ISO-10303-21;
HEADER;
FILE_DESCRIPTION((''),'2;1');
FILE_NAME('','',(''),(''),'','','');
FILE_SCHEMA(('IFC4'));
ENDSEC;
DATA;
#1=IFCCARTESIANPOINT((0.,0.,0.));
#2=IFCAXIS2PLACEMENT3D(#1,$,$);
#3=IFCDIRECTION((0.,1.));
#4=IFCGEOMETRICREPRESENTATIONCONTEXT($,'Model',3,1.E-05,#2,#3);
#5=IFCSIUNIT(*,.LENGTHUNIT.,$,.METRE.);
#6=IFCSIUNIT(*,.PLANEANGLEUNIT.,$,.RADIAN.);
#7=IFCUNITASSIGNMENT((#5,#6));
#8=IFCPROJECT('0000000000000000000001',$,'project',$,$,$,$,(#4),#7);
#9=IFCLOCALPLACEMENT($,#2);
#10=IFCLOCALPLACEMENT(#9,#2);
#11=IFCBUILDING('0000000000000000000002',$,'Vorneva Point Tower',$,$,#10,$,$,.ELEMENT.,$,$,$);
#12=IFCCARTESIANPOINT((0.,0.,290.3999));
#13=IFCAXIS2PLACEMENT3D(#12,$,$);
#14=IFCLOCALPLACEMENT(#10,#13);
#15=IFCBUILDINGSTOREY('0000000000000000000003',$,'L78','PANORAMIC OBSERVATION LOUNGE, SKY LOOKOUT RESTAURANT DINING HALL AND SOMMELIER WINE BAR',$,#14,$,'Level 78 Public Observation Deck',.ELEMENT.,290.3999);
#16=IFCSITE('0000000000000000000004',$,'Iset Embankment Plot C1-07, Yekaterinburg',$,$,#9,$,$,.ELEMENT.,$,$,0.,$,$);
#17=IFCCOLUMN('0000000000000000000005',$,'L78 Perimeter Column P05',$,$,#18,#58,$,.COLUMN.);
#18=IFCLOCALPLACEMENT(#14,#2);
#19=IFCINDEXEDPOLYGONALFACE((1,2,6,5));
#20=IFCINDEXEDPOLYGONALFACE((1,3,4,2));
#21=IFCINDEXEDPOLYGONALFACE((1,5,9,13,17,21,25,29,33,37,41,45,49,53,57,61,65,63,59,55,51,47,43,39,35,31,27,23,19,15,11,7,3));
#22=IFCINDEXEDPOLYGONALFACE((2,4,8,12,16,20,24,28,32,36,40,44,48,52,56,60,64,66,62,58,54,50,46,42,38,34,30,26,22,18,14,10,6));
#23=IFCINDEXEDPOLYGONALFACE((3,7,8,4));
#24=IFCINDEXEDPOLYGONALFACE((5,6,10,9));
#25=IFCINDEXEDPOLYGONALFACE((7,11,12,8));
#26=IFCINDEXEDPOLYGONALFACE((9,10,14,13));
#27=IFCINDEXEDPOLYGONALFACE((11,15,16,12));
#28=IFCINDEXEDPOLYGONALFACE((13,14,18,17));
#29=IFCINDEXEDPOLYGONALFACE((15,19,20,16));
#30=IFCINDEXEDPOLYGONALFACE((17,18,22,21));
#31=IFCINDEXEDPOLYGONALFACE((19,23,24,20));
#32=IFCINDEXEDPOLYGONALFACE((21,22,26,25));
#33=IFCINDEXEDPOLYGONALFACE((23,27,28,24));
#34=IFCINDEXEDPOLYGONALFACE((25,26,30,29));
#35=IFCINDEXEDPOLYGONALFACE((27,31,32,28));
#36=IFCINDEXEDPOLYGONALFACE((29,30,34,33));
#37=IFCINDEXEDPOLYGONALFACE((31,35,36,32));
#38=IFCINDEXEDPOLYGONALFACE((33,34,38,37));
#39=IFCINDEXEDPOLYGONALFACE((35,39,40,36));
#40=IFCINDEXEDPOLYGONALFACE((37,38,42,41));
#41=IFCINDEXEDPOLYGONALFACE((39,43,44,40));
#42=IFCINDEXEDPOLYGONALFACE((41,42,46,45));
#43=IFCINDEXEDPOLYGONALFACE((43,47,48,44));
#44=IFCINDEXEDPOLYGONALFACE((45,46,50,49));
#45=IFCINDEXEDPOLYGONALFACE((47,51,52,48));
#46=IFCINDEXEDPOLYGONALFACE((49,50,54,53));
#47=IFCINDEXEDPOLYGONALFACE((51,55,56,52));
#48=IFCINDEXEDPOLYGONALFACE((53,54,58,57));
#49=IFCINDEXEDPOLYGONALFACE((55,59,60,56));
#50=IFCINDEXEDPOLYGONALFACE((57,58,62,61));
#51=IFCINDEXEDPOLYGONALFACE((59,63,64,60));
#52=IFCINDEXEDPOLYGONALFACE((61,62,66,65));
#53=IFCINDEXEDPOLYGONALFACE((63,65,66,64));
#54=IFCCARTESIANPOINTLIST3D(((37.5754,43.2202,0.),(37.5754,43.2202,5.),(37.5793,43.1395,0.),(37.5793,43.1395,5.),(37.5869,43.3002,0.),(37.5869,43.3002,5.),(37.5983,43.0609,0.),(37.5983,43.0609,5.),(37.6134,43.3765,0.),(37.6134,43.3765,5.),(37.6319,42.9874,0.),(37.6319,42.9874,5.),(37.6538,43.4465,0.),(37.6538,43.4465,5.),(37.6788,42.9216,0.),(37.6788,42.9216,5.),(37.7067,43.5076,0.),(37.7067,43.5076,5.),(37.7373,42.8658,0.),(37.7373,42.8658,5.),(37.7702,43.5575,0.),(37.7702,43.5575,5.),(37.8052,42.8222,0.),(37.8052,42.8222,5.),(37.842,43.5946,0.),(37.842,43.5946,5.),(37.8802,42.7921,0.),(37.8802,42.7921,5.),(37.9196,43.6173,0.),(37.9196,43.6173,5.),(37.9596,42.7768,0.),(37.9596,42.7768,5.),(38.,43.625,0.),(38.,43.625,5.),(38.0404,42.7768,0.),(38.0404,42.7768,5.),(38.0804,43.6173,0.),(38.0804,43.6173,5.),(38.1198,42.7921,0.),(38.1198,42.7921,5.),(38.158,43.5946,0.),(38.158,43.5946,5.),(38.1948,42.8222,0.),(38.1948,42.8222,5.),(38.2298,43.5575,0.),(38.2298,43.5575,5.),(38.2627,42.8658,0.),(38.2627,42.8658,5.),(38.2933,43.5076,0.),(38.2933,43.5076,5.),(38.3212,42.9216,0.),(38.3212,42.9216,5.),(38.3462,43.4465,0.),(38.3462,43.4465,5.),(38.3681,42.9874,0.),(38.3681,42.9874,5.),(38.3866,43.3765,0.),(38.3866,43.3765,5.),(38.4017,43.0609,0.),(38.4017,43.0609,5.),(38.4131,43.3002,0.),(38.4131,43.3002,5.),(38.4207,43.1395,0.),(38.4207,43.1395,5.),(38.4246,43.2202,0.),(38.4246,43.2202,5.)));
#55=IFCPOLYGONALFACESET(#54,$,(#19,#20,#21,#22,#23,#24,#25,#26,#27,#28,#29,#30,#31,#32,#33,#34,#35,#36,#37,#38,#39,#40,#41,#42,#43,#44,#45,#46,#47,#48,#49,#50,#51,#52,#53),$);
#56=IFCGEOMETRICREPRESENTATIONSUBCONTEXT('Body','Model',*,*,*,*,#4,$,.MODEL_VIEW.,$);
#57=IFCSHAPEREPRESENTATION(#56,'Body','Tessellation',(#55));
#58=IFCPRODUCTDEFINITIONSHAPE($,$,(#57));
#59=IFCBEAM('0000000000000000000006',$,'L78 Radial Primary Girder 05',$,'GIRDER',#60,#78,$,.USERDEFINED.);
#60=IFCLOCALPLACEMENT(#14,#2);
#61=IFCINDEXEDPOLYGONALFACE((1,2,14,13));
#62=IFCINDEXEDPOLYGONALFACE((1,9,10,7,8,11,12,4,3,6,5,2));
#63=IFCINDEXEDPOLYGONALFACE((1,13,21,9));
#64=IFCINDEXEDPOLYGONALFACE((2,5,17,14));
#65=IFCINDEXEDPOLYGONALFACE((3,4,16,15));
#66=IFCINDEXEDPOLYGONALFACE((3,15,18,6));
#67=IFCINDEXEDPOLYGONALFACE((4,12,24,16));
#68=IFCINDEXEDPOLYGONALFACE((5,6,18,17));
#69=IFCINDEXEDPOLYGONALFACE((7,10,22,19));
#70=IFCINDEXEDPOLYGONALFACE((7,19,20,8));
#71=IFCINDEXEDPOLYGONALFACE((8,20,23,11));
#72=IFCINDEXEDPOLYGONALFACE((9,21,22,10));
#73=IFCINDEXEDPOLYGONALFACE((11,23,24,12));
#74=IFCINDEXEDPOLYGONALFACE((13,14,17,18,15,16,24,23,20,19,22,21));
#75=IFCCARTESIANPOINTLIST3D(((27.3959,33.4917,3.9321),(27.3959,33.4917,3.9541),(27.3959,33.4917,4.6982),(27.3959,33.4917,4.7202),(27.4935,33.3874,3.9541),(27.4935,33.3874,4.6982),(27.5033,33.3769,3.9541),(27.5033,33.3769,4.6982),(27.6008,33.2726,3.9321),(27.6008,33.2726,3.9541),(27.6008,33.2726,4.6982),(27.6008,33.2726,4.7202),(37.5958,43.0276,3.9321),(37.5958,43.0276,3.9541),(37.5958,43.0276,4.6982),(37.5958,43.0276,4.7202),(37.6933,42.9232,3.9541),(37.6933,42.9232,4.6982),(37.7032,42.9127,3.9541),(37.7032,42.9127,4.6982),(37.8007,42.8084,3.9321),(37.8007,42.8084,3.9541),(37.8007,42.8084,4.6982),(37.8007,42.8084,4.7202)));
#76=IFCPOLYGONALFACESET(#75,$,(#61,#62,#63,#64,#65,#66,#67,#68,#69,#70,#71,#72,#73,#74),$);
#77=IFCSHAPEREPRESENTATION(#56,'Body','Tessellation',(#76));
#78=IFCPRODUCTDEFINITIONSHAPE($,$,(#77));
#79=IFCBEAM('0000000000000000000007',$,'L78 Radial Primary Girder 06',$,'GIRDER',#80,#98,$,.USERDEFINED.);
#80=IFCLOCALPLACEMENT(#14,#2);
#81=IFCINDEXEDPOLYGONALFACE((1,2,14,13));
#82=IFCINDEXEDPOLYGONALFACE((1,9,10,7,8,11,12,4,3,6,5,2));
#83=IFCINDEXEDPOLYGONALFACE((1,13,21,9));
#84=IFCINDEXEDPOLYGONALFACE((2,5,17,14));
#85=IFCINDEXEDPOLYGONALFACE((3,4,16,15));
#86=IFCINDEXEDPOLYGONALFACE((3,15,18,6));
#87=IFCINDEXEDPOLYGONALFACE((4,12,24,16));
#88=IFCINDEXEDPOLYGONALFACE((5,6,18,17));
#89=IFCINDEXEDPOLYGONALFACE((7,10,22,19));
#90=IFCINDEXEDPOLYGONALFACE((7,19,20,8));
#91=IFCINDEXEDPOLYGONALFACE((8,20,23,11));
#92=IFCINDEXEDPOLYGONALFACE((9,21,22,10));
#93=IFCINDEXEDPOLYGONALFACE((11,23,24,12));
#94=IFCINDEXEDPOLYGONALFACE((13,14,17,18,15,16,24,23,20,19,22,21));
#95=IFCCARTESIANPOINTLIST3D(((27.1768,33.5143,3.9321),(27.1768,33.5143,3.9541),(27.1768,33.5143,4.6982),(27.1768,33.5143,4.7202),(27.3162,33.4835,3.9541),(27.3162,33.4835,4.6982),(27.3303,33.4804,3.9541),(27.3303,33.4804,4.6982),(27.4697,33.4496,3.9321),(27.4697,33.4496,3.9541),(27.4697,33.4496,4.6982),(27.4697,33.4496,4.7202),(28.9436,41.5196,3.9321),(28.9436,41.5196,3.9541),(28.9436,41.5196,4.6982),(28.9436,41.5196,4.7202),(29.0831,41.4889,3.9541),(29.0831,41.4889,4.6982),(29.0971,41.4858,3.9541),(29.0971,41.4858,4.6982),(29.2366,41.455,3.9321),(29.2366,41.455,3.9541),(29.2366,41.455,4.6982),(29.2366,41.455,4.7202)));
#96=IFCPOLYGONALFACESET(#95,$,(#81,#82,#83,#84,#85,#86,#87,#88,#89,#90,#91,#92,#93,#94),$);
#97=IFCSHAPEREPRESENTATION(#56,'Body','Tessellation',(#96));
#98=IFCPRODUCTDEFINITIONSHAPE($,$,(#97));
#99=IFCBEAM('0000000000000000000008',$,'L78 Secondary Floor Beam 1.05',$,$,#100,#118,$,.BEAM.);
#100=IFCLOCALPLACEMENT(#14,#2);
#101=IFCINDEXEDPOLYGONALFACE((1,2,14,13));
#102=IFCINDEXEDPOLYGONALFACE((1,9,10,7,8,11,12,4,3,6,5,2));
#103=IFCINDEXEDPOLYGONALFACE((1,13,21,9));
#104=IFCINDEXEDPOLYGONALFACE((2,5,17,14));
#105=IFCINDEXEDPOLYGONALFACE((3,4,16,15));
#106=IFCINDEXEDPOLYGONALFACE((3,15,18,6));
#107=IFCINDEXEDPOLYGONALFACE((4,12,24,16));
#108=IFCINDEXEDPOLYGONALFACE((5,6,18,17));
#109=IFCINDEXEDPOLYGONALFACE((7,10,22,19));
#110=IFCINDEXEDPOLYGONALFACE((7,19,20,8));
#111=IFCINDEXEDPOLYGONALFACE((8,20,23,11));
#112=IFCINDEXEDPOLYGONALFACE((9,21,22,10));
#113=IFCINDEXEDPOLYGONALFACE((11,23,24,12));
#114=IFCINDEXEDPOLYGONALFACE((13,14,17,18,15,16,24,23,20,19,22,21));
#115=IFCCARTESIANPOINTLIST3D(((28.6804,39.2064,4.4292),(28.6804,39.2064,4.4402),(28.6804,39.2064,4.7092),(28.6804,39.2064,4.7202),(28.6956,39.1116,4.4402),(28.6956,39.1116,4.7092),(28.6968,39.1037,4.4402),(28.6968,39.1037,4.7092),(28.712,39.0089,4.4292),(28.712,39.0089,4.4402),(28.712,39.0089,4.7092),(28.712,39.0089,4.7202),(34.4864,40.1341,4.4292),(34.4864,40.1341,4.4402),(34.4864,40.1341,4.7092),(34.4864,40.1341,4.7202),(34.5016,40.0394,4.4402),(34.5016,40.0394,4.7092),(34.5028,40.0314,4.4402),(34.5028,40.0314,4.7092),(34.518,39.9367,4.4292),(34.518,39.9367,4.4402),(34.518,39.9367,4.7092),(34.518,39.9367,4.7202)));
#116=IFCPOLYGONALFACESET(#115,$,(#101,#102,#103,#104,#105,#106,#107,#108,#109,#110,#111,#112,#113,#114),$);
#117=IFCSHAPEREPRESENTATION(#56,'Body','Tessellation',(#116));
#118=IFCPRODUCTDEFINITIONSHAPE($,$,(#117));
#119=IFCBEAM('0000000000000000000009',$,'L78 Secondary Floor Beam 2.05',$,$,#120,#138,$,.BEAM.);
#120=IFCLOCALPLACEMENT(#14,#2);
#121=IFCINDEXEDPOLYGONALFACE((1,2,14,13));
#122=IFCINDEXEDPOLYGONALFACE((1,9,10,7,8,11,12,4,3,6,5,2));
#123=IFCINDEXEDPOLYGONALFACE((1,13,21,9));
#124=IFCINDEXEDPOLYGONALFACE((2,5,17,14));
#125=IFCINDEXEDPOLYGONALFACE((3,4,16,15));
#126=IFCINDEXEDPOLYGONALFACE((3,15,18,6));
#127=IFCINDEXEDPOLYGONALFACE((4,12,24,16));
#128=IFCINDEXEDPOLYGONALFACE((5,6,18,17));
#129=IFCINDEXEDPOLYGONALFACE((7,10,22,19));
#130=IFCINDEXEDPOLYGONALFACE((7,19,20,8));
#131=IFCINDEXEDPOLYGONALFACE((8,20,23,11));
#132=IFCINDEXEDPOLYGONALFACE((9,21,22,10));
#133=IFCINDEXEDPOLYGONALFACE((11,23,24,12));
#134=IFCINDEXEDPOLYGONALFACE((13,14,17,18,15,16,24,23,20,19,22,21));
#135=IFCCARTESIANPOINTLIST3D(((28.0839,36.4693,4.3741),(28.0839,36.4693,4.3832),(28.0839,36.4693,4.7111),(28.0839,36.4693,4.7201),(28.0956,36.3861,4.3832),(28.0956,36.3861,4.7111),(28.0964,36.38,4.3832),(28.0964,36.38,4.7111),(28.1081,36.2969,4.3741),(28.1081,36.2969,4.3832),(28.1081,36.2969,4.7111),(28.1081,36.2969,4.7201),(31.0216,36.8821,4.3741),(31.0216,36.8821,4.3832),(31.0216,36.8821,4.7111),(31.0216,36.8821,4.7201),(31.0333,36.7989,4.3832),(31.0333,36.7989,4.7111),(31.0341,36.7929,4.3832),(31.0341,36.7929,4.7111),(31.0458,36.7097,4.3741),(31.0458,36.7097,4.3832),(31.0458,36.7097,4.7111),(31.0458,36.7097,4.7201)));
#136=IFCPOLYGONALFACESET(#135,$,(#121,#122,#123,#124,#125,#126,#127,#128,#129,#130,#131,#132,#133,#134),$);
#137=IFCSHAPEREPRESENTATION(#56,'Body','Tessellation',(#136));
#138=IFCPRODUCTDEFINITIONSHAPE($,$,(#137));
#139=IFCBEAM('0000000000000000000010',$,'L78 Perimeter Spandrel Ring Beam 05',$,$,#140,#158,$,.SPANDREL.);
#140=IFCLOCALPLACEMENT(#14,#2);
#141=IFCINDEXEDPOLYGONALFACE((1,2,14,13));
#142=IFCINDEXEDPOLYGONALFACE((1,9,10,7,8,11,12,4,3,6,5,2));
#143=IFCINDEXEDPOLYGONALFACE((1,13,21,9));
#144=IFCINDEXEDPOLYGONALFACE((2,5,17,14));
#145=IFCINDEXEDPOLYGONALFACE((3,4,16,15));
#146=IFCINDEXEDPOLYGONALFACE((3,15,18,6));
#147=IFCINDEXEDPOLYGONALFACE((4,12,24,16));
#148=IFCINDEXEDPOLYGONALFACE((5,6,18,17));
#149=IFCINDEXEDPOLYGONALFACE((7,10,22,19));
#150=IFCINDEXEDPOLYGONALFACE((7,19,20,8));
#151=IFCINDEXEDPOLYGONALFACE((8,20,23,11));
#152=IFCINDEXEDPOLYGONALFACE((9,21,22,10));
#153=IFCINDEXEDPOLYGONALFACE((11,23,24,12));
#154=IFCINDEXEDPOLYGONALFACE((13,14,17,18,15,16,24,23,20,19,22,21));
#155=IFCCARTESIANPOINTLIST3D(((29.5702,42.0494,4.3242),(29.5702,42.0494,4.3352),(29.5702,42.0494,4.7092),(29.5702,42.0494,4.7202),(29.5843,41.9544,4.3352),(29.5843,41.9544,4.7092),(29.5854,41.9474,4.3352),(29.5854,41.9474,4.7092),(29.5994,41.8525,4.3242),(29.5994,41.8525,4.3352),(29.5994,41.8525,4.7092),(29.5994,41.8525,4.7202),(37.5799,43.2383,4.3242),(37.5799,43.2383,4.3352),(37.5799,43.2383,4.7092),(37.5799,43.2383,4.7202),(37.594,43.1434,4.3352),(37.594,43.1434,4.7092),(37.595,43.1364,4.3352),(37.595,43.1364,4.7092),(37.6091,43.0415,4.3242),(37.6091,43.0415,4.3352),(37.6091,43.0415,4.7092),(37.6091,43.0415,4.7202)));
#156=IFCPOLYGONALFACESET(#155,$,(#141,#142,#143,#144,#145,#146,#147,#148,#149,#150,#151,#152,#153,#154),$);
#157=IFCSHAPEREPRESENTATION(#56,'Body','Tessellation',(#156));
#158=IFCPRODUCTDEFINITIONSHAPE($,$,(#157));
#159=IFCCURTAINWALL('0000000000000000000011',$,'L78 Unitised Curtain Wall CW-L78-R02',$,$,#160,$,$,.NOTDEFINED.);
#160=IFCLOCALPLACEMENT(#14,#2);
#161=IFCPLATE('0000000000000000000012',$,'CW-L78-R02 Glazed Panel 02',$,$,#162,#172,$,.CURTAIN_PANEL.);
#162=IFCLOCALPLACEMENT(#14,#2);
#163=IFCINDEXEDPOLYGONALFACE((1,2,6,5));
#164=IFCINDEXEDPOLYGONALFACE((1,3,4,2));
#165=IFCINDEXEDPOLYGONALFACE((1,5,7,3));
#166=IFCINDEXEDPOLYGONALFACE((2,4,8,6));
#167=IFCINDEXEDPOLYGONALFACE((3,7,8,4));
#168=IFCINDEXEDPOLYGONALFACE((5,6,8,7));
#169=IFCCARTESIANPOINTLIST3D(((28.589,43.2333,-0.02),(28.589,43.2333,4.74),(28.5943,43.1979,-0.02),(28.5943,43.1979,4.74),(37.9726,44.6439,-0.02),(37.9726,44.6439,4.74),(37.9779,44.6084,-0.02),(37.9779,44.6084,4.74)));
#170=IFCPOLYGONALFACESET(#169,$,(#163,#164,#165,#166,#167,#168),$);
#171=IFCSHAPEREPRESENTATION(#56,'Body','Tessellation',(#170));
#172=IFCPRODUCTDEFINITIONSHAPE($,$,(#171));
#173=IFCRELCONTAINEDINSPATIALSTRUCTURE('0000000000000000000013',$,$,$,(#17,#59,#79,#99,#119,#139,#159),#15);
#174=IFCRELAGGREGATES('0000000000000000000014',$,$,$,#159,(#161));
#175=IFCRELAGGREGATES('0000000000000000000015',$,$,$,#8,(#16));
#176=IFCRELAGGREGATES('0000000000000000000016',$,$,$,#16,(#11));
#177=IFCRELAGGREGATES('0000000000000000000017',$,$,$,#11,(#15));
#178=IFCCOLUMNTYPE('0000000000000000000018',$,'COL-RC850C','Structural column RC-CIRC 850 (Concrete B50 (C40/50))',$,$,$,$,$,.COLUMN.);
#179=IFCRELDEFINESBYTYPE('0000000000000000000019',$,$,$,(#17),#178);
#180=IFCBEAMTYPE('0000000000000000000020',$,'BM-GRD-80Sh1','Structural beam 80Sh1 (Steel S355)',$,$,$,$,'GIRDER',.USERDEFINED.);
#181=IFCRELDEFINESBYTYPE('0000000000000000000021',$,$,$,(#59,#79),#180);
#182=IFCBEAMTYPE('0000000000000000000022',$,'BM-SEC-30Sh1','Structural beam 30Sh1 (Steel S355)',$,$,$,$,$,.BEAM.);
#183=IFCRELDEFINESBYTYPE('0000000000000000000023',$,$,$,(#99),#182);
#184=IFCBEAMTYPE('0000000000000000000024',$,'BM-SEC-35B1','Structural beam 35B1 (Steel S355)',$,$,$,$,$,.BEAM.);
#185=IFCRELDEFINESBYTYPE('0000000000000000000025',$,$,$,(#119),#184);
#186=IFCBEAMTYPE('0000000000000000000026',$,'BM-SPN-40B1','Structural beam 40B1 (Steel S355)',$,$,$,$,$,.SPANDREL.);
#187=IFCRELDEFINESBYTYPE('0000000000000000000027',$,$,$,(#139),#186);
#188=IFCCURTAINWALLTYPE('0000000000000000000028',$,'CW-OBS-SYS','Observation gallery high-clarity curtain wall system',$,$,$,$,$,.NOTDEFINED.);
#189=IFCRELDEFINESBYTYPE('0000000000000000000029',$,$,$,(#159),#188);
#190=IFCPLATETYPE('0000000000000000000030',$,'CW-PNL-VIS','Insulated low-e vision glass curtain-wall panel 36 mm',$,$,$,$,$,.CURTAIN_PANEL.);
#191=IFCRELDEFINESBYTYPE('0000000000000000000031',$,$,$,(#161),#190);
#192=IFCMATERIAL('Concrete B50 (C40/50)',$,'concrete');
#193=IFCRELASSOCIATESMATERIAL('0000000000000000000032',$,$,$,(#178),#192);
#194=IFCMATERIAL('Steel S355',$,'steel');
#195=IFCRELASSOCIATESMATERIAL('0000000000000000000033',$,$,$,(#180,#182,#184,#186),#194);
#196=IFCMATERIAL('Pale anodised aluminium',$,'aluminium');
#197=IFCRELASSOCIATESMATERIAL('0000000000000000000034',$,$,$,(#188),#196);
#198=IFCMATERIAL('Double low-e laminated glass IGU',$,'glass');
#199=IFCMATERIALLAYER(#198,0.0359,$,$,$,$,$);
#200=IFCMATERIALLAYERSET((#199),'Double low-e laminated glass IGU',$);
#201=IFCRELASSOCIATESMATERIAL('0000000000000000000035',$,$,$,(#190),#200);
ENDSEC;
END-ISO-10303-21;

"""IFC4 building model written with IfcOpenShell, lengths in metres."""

from ifc_helpers import new_model, si_unit, direction, frame, origin, origin_2d, place, context, subcontext, project, spatial, rectangle, circle, i_section, extrude, material, layer, layer_set, material_profile, profile_set, type_object, element, aggregate, save


model = new_model("IFC4")

# Units and contexts
model_context = context("Model", 3, precision=1e-05, world=origin(), true_north=direction((0.0, 1.0)))
body_context = subcontext(model_context, "Body", "Model", "MODEL_VIEW")
ifc_project = project(units=[si_unit("LENGTHUNIT", "METRE"), si_unit("PLANEANGLEUNIT", "RADIAN")], contexts=[model_context])

# Site, building, storey
site_placement = place(None, origin())
site = spatial("IfcSite", under=ifc_project, at=site_placement, Name="Iset Embankment Plot C1-07, Yekaterinburg", CompositionType="ELEMENT", RefElevation=0.0)
building_placement = place(site_placement, origin())
building = spatial("IfcBuilding", under=site, at=building_placement, Name="Vorneva Point Tower", CompositionType="ELEMENT")
storey_placement = place(building_placement, frame((0.0, 0.0, 290.3999)))
storey = spatial("IfcBuildingStorey", under=building, at=storey_placement, Name="L78", Description="PANORAMIC OBSERVATION LOUNGE, SKY LOOKOUT RESTAURANT DINING HALL AND SOMMELIER WINE BAR", LongName="Level 78 Public Observation Deck", CompositionType="ELEMENT", Elevation=290.3999)

# Column
ifc_material_1 = material(Name="Concrete B50 (C40/50)", Category="concrete")
ifc_material_profile_1 = material_profile(ifc_material_1, circle(Radius=0.425, at=origin_2d()), Name="RC-CIRC 850")
ifc_profile_set_1 = profile_set([ifc_material_profile_1], Name="Concrete B50 (C40/50)")
column_type = type_object("IfcColumnType", Name="COL-RC850C", Description="Structural column RC-CIRC 850 (Concrete B50 (C40/50))", PredefinedType="COLUMN", material=ifc_profile_set_1)
for number, where, z_axis, x_axis, name in (
    (1, (38.0, 43.2, 0.0), (0.0, 0.0, 1.0), (0.0, 1.0, 0.0), "L78 Perimeter Column P05"),
):
    element("IfcColumn", number, at=place(storey_placement, frame(where, z_axis=z_axis, x_axis=x_axis)), inside=storey, type_object=column_type, Name=name, PredefinedType="COLUMN", context=body_context, shape_type="SweptSolid", body=[
        extrude(circle(Radius=0.425, at=origin_2d()), origin(), (0.0, 0.0, 1.0), 5.0),
    ])

# Beams
ifc_material_2 = material(Name="Steel S355", Category="steel")
ifc_material_profile_2 = material_profile(ifc_material_2, i_section(OverallWidth=0.3, OverallDepth=0.7881, WebThickness=0.0144, FlangeThickness=0.022, at=origin_2d()), Name="80Sh1")
ifc_profile_set_2 = profile_set([ifc_material_profile_2], Name="Steel S355")
beam_type_1 = type_object("IfcBeamType", Name="BM-GRD-80Sh1", Description="Structural beam 80Sh1 (Steel S355)", ElementType="GIRDER", PredefinedType="USERDEFINED", material=ifc_profile_set_2)
beam_1_placement = place(storey_placement, frame((37.6982, 42.918, 4.3262), z_axis=(-0.730486, -0.682928, 0.0), x_axis=(0.682928, -0.730486, 0.0)))
element("IfcBeam", 2, at=beam_1_placement, inside=storey, type_object=beam_type_1, Name="L78 Radial Primary Girder 05", ObjectType="GIRDER", PredefinedType="USERDEFINED", context=body_context, shape_type="SweptSolid", body=[
    extrude(i_section(OverallWidth=0.3, OverallDepth=0.7881, WebThickness=0.0144, FlangeThickness=0.022, at=origin_2d()), origin(), (0.0, 0.0, 1.0), 13.9631),
])
beam_2_placement = place(storey_placement, frame((29.0901, 41.4873, 4.3262), z_axis=(-0.215521, -0.976499, 0.0), x_axis=(0.976499, -0.215521, 0.0)))
element("IfcBeam", 3, at=beam_2_placement, inside=storey, type_object=beam_type_1, Name="L78 Radial Primary Girder 06", ObjectType="GIRDER", PredefinedType="USERDEFINED", context=body_context, shape_type="SweptSolid", body=[
    extrude(i_section(OverallWidth=0.3, OverallDepth=0.7881, WebThickness=0.0144, FlangeThickness=0.022, at=origin_2d()), origin(), (0.0, 0.0, 1.0), 8.198),
])
ifc_material_profile_3 = material_profile(ifc_material_2, i_section(OverallWidth=0.2, OverallDepth=0.291, WebThickness=0.0081, FlangeThickness=0.011, at=origin_2d()), Name="30Sh1")
ifc_profile_set_3 = profile_set([ifc_material_profile_3], Name="Steel S355")
beam_type_2 = type_object("IfcBeamType", Name="BM-SEC-30Sh1", Description="Structural beam 30Sh1 (Steel S355)", PredefinedType="BEAM", material=ifc_profile_set_3)
beam_3_placement = place(storey_placement, frame((34.5022, 40.0354, 4.5747), z_axis=(-0.987473, -0.15779, 0.0), x_axis=(0.15779, -0.987473, 0.0)))
element("IfcBeam", 4, at=beam_3_placement, inside=storey, type_object=beam_type_2, Name="L78 Secondary Floor Beam 1.05", PredefinedType="BEAM", context=body_context, shape_type="SweptSolid", body=[
    extrude(i_section(OverallWidth=0.2, OverallDepth=0.291, WebThickness=0.0081, FlangeThickness=0.011, at=origin_2d()), origin(), (0.0, 0.0, 1.0), 5.8796),
])
ifc_material_profile_4 = material_profile(ifc_material_2, i_section(OverallWidth=0.1741, OverallDepth=0.3459, WebThickness=0.0061, FlangeThickness=0.009, at=origin_2d()), Name="35B1")
ifc_profile_set_4 = profile_set([ifc_material_profile_4], Name="Steel S355")
beam_type_3 = type_object("IfcBeamType", Name="BM-SEC-35B1", Description="Structural beam 35B1 (Steel S355)", PredefinedType="BEAM", material=ifc_profile_set_4)
beam_4_placement = place(storey_placement, frame((31.0337, 36.7959, 4.5471), z_axis=(-0.99027, -0.139163, 0.0), x_axis=(0.139163, -0.99027, 0.0)))
element("IfcBeam", 5, at=beam_4_placement, inside=storey, type_object=beam_type_3, Name="L78 Secondary Floor Beam 2.05", PredefinedType="BEAM", context=body_context, shape_type="SweptSolid", body=[
    extrude(i_section(OverallWidth=0.1741, OverallDepth=0.3459, WebThickness=0.0061, FlangeThickness=0.009, at=origin_2d()), origin(), (0.0, 0.0, 1.0), 2.9666),
])
ifc_material_profile_5 = material_profile(ifc_material_2, i_section(OverallWidth=0.199, OverallDepth=0.396, WebThickness=0.0071, FlangeThickness=0.011, at=origin_2d()), Name="40B1")
ifc_profile_set_5 = profile_set([ifc_material_profile_5], Name="Steel S355")
beam_type_4 = type_object("IfcBeamType", Name="BM-SPN-40B1", Description="Structural beam 40B1 (Steel S355)", PredefinedType="SPANDREL", material=ifc_profile_set_5)
beam_5_placement = place(storey_placement, frame((37.5945, 43.1399, 4.5222), z_axis=(-0.989162, -0.146831, 0.0), x_axis=(0.146831, -0.989162, 0.0)))
element("IfcBeam", 6, at=beam_5_placement, inside=storey, type_object=beam_type_4, Name="L78 Perimeter Spandrel Ring Beam 05", PredefinedType="SPANDREL", context=body_context, shape_type="SweptSolid", body=[
    extrude(i_section(OverallWidth=0.199, OverallDepth=0.396, WebThickness=0.0071, FlangeThickness=0.011, at=origin_2d()), origin(), (0.0, 0.0, 1.0), 8.0974),
])

# Curtain wall, plate
ifc_material_3 = material(Name="Pale anodised aluminium", Category="aluminium")
curtain_wall_type = type_object("IfcCurtainWallType", Name="CW-OBS-SYS", Description="Observation gallery high-clarity curtain wall system", PredefinedType="NOTDEFINED", material=ifc_material_3)
curtain_wall_placement = place(storey_placement, origin())
curtain_wall = element("IfcCurtainWall", 7, at=curtain_wall_placement, inside=storey, type_object=curtain_wall_type, Name="L78 Unitised Curtain Wall CW-L78-R02", PredefinedType="NOTDEFINED")
ifc_material_4 = material(Name="Double low-e laminated glass IGU", Category="glass")
ifc_layer_1 = layer(ifc_material_4, 0.0359)
ifc_layer_set_1 = layer_set([ifc_layer_1], Name="Double low-e laminated glass IGU")
plate_type_1 = type_object("IfcPlateType", Name="CW-PNL-VIS", Description="Insulated low-e vision glass curtain-wall panel 36 mm", PredefinedType="CURTAIN_PANEL", material=ifc_layer_set_1)
plate_placement = place(storey_placement, frame((33.2834, 43.9209, -0.02), z_axis=(0.0, 0.0, 1.0), x_axis=(-0.988889, -0.148655, 0.0)))
plate = element("IfcPlate", 8, at=plate_placement, type_object=plate_type_1, Name="CW-L78-R02 Glazed Panel 02", PredefinedType="CURTAIN_PANEL", context=body_context, shape_type="SweptSolid", body=[
    extrude(rectangle(XDim=9.489, YDim=0.0359, at=origin_2d()), origin(), (0.0, 0.0, 1.0), 4.76),
])
aggregate(curtain_wall, [plate])

save(model, "model.ifc")
